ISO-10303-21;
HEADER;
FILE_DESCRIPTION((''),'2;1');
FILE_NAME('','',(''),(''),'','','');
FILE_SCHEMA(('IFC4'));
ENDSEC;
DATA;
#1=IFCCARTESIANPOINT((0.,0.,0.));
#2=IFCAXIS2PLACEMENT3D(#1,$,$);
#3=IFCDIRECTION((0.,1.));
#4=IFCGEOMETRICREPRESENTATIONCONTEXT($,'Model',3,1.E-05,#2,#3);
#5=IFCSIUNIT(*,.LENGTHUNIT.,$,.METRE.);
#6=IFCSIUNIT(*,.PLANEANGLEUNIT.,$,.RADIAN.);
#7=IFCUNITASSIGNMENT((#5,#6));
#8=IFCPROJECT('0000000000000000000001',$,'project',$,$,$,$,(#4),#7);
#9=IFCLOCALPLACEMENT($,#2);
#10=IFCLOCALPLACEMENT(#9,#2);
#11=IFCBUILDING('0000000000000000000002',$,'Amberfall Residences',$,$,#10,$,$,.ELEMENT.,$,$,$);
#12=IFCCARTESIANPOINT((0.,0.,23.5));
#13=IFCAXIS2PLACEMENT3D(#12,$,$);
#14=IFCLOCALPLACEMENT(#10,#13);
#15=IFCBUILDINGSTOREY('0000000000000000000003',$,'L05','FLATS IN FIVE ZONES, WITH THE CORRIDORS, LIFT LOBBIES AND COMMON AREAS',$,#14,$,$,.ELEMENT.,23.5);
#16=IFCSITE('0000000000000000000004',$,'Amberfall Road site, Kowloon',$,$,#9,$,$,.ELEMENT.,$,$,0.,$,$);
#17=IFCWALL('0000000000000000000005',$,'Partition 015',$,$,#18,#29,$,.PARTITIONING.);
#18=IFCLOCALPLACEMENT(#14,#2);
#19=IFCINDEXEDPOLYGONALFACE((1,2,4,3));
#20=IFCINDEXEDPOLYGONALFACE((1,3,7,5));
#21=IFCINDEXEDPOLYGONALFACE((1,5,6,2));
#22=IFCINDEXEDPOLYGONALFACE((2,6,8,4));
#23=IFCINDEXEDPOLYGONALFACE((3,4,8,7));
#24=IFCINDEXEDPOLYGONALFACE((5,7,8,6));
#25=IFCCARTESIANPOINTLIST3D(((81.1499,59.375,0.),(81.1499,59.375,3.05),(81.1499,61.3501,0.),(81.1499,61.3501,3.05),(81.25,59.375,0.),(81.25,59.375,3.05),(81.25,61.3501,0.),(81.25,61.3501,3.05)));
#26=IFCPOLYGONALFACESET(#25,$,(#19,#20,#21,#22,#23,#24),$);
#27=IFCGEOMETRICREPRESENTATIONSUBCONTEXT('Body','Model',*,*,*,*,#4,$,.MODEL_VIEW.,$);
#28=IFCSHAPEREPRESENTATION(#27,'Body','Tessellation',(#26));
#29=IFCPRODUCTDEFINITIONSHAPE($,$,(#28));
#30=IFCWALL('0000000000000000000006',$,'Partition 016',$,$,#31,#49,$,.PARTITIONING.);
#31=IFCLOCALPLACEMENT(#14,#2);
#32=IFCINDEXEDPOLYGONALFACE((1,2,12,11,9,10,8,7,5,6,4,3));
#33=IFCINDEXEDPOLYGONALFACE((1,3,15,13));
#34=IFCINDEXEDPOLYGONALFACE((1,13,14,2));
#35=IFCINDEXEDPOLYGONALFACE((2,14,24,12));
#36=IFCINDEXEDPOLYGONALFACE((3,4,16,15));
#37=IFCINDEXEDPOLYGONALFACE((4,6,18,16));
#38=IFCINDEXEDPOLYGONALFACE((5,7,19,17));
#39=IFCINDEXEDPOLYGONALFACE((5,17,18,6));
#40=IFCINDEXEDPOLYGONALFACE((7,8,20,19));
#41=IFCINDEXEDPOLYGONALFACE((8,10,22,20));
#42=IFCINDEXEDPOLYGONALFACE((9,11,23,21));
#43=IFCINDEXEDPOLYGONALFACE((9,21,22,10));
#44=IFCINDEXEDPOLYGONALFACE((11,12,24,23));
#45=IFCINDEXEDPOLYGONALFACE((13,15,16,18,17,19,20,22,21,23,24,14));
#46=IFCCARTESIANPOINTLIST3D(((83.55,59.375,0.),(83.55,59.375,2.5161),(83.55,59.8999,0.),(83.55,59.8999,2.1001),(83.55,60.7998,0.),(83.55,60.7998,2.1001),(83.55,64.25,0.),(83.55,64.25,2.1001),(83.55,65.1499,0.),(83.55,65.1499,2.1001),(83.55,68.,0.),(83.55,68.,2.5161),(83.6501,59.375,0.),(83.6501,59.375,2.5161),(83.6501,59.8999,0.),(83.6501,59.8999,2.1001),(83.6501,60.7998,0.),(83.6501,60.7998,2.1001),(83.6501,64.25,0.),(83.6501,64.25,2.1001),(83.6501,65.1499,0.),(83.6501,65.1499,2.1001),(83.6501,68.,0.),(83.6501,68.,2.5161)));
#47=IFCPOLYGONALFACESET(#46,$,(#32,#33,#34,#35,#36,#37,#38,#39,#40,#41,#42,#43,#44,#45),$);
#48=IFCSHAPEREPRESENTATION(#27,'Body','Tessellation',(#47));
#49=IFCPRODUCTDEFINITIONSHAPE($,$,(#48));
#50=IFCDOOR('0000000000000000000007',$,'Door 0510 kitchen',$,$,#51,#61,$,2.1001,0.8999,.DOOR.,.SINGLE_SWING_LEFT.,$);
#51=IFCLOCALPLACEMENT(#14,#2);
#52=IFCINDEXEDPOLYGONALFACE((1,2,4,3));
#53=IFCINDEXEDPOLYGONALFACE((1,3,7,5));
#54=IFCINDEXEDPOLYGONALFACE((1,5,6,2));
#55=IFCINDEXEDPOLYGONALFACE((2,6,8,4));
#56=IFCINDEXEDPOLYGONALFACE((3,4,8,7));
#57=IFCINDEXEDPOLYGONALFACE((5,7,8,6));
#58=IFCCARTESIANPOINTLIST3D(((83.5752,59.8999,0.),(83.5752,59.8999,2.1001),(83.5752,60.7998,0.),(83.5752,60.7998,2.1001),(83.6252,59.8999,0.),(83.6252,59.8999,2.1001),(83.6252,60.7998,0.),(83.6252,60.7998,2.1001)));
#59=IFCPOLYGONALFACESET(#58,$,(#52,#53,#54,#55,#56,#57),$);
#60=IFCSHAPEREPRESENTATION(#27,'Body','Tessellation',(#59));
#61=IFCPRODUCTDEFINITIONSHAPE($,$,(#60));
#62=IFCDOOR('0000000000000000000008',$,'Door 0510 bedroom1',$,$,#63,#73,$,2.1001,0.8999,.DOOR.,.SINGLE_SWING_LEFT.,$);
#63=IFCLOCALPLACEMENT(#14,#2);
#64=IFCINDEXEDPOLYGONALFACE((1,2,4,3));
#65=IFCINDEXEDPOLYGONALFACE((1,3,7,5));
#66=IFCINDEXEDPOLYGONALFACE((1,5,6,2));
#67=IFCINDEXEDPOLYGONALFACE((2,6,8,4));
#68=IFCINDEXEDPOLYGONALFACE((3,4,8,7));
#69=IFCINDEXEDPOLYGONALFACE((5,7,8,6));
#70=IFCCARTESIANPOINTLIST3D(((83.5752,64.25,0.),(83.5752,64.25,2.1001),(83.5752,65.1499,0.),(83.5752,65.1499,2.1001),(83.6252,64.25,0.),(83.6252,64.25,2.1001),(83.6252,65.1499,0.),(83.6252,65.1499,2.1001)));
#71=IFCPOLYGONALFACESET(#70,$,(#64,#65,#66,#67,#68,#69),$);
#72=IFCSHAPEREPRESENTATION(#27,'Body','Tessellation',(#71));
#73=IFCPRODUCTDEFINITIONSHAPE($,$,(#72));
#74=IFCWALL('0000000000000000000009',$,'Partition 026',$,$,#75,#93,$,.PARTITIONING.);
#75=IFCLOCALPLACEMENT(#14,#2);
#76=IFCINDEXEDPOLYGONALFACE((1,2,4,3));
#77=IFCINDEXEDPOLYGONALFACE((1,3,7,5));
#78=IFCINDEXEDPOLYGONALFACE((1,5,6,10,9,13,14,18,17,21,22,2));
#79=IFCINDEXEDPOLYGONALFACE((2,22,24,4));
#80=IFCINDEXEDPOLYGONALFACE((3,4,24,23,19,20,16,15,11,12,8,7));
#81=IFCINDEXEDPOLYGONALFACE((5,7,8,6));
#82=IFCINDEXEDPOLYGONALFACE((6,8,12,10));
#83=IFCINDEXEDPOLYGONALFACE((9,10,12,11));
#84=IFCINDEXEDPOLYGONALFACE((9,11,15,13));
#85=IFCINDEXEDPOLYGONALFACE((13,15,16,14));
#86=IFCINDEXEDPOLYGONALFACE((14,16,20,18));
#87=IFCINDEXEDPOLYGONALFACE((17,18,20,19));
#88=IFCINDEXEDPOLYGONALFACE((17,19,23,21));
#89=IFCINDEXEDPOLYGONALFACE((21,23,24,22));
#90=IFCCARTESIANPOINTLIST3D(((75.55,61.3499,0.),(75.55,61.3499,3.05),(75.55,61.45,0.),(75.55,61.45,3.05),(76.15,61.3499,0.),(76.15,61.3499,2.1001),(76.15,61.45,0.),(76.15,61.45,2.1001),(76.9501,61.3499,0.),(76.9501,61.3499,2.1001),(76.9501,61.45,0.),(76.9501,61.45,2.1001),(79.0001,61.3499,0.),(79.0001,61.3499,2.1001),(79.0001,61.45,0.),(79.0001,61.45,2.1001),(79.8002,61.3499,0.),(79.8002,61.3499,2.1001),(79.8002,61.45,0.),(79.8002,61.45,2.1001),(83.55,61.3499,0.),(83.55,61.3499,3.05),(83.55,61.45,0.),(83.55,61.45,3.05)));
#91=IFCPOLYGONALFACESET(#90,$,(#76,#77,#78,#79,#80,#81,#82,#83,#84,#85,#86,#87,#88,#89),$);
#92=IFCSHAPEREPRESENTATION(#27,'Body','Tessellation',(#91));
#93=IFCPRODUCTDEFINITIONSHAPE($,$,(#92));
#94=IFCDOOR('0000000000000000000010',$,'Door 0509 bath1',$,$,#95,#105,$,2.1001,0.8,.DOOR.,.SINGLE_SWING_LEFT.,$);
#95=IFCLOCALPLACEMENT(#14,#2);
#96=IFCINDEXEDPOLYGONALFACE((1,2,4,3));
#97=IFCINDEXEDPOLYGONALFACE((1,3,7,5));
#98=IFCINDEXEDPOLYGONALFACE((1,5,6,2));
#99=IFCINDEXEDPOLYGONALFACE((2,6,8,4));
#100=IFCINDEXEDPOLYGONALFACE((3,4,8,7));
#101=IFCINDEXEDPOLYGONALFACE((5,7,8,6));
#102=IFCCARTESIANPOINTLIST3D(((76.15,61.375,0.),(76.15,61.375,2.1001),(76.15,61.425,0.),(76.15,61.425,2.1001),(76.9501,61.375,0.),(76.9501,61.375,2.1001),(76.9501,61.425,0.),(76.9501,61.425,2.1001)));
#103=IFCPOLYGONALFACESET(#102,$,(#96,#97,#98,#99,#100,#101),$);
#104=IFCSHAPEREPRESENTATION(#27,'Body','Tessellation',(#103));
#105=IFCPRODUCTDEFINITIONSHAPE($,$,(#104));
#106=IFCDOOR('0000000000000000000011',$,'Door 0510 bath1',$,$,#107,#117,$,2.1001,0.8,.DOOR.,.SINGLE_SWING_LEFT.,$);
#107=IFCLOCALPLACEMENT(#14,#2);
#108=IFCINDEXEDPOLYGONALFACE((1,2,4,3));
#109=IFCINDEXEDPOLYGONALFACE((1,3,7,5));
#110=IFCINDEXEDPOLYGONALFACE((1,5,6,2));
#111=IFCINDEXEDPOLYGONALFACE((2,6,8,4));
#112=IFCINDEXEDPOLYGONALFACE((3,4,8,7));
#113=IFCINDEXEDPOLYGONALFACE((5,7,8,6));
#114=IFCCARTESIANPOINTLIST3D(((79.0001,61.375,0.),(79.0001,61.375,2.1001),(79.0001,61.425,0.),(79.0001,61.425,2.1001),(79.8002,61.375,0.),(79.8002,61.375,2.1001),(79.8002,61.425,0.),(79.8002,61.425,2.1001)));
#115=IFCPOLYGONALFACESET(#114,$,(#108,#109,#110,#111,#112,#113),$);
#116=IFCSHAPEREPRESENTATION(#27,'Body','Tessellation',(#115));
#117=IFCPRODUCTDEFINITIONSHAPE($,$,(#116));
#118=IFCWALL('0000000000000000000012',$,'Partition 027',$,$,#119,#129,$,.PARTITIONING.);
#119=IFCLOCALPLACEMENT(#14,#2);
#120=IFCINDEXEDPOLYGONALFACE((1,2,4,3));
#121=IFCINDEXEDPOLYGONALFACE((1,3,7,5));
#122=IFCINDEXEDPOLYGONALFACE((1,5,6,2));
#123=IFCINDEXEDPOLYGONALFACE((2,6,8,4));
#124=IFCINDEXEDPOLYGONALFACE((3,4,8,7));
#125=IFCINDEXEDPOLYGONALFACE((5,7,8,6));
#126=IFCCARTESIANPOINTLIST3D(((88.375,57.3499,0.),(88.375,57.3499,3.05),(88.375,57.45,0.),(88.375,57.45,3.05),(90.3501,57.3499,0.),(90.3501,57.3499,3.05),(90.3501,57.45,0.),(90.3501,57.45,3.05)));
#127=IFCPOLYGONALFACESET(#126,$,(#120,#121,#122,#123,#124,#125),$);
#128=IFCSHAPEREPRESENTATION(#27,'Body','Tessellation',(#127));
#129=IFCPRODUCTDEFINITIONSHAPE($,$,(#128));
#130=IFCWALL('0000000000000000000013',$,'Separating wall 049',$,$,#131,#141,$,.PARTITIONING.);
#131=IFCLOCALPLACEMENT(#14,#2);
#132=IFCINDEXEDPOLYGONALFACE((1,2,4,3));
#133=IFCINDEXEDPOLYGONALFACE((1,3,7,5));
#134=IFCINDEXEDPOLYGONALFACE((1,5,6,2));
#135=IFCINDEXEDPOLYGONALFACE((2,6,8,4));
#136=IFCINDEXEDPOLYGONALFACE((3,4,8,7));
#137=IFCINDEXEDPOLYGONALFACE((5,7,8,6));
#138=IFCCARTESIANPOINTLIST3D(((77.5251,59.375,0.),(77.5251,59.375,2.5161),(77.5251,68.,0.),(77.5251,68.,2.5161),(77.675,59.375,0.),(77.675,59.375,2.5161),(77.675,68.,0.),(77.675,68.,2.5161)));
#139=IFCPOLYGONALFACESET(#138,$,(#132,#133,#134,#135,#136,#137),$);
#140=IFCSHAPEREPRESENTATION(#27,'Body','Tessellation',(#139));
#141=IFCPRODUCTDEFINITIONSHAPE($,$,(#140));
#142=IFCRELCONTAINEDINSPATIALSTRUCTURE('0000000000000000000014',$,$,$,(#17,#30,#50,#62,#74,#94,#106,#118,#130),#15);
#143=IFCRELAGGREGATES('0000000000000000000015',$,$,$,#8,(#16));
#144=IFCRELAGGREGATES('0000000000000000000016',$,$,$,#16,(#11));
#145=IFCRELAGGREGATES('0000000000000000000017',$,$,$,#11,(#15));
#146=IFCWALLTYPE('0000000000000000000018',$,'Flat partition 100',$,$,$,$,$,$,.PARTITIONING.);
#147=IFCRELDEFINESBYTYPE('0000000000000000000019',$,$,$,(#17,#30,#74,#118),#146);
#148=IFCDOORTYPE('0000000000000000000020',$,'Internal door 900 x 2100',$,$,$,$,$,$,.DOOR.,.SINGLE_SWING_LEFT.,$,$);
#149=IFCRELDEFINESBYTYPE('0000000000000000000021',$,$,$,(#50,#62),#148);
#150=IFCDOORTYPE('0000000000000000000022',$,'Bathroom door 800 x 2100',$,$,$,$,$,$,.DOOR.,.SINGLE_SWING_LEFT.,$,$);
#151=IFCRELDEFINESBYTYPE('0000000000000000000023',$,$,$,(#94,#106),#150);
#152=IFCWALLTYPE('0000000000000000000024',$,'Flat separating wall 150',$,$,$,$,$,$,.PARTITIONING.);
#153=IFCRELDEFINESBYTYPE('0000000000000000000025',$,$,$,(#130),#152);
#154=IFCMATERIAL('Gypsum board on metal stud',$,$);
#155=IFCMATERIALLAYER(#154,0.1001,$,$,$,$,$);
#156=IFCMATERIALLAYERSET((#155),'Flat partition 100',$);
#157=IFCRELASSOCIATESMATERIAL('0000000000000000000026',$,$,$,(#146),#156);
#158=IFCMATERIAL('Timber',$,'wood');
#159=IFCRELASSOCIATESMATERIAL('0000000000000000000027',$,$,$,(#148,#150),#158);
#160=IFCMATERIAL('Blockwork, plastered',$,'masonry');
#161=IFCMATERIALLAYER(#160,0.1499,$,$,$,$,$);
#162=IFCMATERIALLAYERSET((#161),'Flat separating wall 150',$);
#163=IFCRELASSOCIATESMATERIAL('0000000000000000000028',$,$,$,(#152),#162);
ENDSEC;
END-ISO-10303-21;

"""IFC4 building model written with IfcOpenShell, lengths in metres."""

from ifc_helpers import new_model, si_unit, direction, frame, frame_2d, origin, place, context, subcontext, project, spatial, rectangle, extrude, material, layer, layer_set, type_object, element, fill, save


model = new_model("IFC4")

# Units and contexts
model_context = context("Model", 3, precision=1e-05, world=origin(), true_north=direction((0.0, 1.0)))
body_context = subcontext(model_context, "Body", "Model", "MODEL_VIEW")
ifc_project = project(units=[si_unit("LENGTHUNIT", "METRE"), si_unit("PLANEANGLEUNIT", "RADIAN")], contexts=[model_context])

# Site, building, storey
site_placement = place(None, origin())
site = spatial("IfcSite", under=ifc_project, at=site_placement, Name="Amberfall Road site, Kowloon", CompositionType="ELEMENT", RefElevation=0.0)
building_placement = place(site_placement, origin())
building = spatial("IfcBuilding", under=site, at=building_placement, Name="Amberfall Residences", CompositionType="ELEMENT")
storey_placement = place(building_placement, frame((0.0, 0.0, 23.5)))
storey = spatial("IfcBuildingStorey", under=building, at=storey_placement, Name="L05", Description="FLATS IN FIVE ZONES, WITH THE CORRIDORS, LIFT LOBBIES AND COMMON AREAS", CompositionType="ELEMENT", Elevation=23.5)

# Wall
ifc_material_1 = material(Name="Gypsum board on metal stud")
ifc_layer_1 = layer(ifc_material_1, 0.1001)
ifc_layer_set_1 = layer_set([ifc_layer_1], Name="Flat partition 100")
wall_type_1 = type_object("IfcWallType", Name="Flat partition 100", PredefinedType="PARTITIONING", material=ifc_layer_set_1)
wall_1_placement = place(storey_placement, frame((81.2, 59.375, 0.0), z_axis=(0.0, 0.0, 1.0), x_axis=(0.0, 1.0, 0.0)))
element("IfcWall", 1, at=wall_1_placement, inside=storey, type_object=wall_type_1, Name="Partition 015", PredefinedType="PARTITIONING", context=body_context, shape_type="SweptSolid", body=[
    extrude(rectangle(XDim=1.9751, YDim=0.1001, at=frame_2d((0.9875, 0.0))), origin(), (0.0, 0.0, 1.0), 3.05),
])

# Walls, openings, doors
wall_2_placement = place(storey_placement, frame((83.6001, 59.375, 0.0), z_axis=(0.0, 0.0, 1.0), x_axis=(0.0, 1.0, 0.0)))
wall_2 = element("IfcWall", 2, at=wall_2_placement, inside=storey, type_object=wall_type_1, Name="Partition 016", PredefinedType="PARTITIONING", context=body_context, shape_type="SweptSolid", body=[
    extrude(rectangle(XDim=8.625, YDim=0.1001, at=frame_2d((4.3125, 0.0))), origin(), (0.0, 0.0, 1.0), 2.5161),
])
opening_1_placement = place(wall_2_placement, frame((0.5249, 0.0, 0.0)))
opening_1 = element("IfcOpeningElement", 3, at=opening_1_placement, cuts=wall_2, PredefinedType="OPENING", context=body_context, shape_type="SweptSolid", body=[
    extrude(rectangle(XDim=0.8999, YDim=2.1001, at=frame_2d((0.45, 1.05))), frame((0.0, 0.0601, 0.0), z_axis=(0.0, -1.0, 0.0), x_axis=(1.0, 0.0, 0.0)), (0.0, 0.0, 1.0), 0.1201),
])
opening_2_placement = place(wall_2_placement, frame((4.875, 0.0, 0.0)))
opening_2 = element("IfcOpeningElement", 4, at=opening_2_placement, cuts=wall_2, PredefinedType="OPENING", context=body_context, shape_type="SweptSolid", body=[
    extrude(rectangle(XDim=0.8999, YDim=2.1001, at=frame_2d((0.45, 1.05))), frame((0.0, 0.0601, 0.0), z_axis=(0.0, -1.0, 0.0), x_axis=(1.0, 0.0, 0.0)), (0.0, 0.0, 1.0), 0.1201),
])
ifc_material_2 = material(Name="Timber", Category="wood")
door_type_1 = type_object("IfcDoorType", Name="Internal door 900 x 2100", OperationType="SINGLE_SWING_LEFT", PredefinedType="DOOR", material=ifc_material_2)
door_1_placement = place(opening_1_placement, origin())
door_1 = element("IfcDoor", 5, at=door_1_placement, inside=storey, type_object=door_type_1, Name="Door 0510 kitchen", OperationType="SINGLE_SWING_LEFT", OverallHeight=2.1001, OverallWidth=0.8999, PredefinedType="DOOR", context=body_context, shape_type="SweptSolid", body=[
    extrude(rectangle(XDim=0.8999, YDim=2.1001, at=frame_2d((0.45, 1.05))), frame((0.0, 0.0249, 0.0), z_axis=(0.0, -1.0, 0.0), x_axis=(1.0, 0.0, 0.0)), (0.0, 0.0, 1.0), 0.05),
])
fill(opening_1, door_1)
door_2_placement = place(opening_2_placement, origin())
door_2 = element("IfcDoor", 6, at=door_2_placement, inside=storey, type_object=door_type_1, Name="Door 0510 bedroom1", OperationType="SINGLE_SWING_LEFT", OverallHeight=2.1001, OverallWidth=0.8999, PredefinedType="DOOR", context=body_context, shape_type="SweptSolid", body=[
    extrude(rectangle(XDim=0.8999, YDim=2.1001, at=frame_2d((0.45, 1.05))), frame((0.0, 0.0249, 0.0), z_axis=(0.0, -1.0, 0.0), x_axis=(1.0, 0.0, 0.0)), (0.0, 0.0, 1.0), 0.05),
])
fill(opening_2, door_2)
wall_3_placement = place(storey_placement, frame((83.55, 61.3999, 0.0), z_axis=(0.0, 0.0, 1.0), x_axis=(-1.0, 0.0, 0.0)))
wall_3 = element("IfcWall", 7, at=wall_3_placement, inside=storey, type_object=wall_type_1, Name="Partition 026", PredefinedType="PARTITIONING", context=body_context, shape_type="SweptSolid", body=[
    extrude(rectangle(XDim=8.0, YDim=0.1001, at=frame_2d((4.0, 0.0))), origin(), (0.0, 0.0, 1.0), 3.05),
])
opening_3_placement = place(wall_3_placement, frame((6.6001, 0.0, 0.0)))
opening_3 = element("IfcOpeningElement", 8, at=opening_3_placement, cuts=wall_3, PredefinedType="OPENING", context=body_context, shape_type="SweptSolid", body=[
    extrude(rectangle(XDim=0.8, YDim=2.1001, at=frame_2d((0.3999, 1.05))), frame((0.0, 0.0601, 0.0), z_axis=(0.0, -1.0, 0.0), x_axis=(1.0, 0.0, 0.0)), (0.0, 0.0, 1.0), 0.1201),
])
opening_4_placement = place(wall_3_placement, frame((3.75, 0.0, 0.0)))
opening_4 = element("IfcOpeningElement", 9, at=opening_4_placement, cuts=wall_3, PredefinedType="OPENING", context=body_context, shape_type="SweptSolid", body=[
    extrude(rectangle(XDim=0.8, YDim=2.1001, at=frame_2d((0.3999, 1.05))), frame((0.0, 0.0601, 0.0), z_axis=(0.0, -1.0, 0.0), x_axis=(1.0, 0.0, 0.0)), (0.0, 0.0, 1.0), 0.1201),
])
door_type_2 = type_object("IfcDoorType", Name="Bathroom door 800 x 2100", OperationType="SINGLE_SWING_LEFT", PredefinedType="DOOR", material=ifc_material_2)
door_3_placement = place(opening_3_placement, origin())
door_3 = element("IfcDoor", 10, at=door_3_placement, inside=storey, type_object=door_type_2, Name="Door 0509 bath1", OperationType="SINGLE_SWING_LEFT", OverallHeight=2.1001, OverallWidth=0.8, PredefinedType="DOOR", context=body_context, shape_type="SweptSolid", body=[
    extrude(rectangle(XDim=0.8, YDim=2.1001, at=frame_2d((0.3999, 1.05))), frame((0.0, 0.0249, 0.0), z_axis=(0.0, -1.0, 0.0), x_axis=(1.0, 0.0, 0.0)), (0.0, 0.0, 1.0), 0.05),
])
fill(opening_3, door_3)
door_4_placement = place(opening_4_placement, origin())
door_4 = element("IfcDoor", 11, at=door_4_placement, inside=storey, type_object=door_type_2, Name="Door 0510 bath1", OperationType="SINGLE_SWING_LEFT", OverallHeight=2.1001, OverallWidth=0.8, PredefinedType="DOOR", context=body_context, shape_type="SweptSolid", body=[
    extrude(rectangle(XDim=0.8, YDim=2.1001, at=frame_2d((0.3999, 1.05))), frame((0.0, 0.0249, 0.0), z_axis=(0.0, -1.0, 0.0), x_axis=(1.0, 0.0, 0.0)), (0.0, 0.0, 1.0), 0.05),
])
fill(opening_4, door_4)

# Walls
wall_4_placement = place(storey_placement, frame((88.375, 57.3999, 0.0), z_axis=(0.0, 0.0, 1.0), x_axis=(1.0, 0.0, 0.0)))
element("IfcWall", 12, at=wall_4_placement, inside=storey, type_object=wall_type_1, Name="Partition 027", PredefinedType="PARTITIONING", context=body_context, shape_type="SweptSolid", body=[
    extrude(rectangle(XDim=1.9751, YDim=0.1001, at=frame_2d((0.9875, 0.0))), origin(), (0.0, 0.0, 1.0), 3.05),
])
ifc_material_3 = material(Name="Blockwork, plastered", Category="masonry")
ifc_layer_2 = layer(ifc_material_3, 0.1499)
ifc_layer_set_2 = layer_set([ifc_layer_2], Name="Flat separating wall 150")
wall_type_2 = type_object("IfcWallType", Name="Flat separating wall 150", PredefinedType="PARTITIONING", material=ifc_layer_set_2)
wall_5_placement = place(storey_placement, frame((77.6001, 59.375, 0.0), z_axis=(0.0, 0.0, 1.0), x_axis=(0.0, 1.0, 0.0)))
element("IfcWall", 13, at=wall_5_placement, inside=storey, type_object=wall_type_2, Name="Separating wall 049", PredefinedType="PARTITIONING", context=body_context, shape_type="SweptSolid", body=[
    extrude(rectangle(XDim=8.625, YDim=0.1499, at=frame_2d((4.3125, 0.0))), origin(), (0.0, 0.0, 1.0), 2.5161),
])

save(model, "model.ifc")
